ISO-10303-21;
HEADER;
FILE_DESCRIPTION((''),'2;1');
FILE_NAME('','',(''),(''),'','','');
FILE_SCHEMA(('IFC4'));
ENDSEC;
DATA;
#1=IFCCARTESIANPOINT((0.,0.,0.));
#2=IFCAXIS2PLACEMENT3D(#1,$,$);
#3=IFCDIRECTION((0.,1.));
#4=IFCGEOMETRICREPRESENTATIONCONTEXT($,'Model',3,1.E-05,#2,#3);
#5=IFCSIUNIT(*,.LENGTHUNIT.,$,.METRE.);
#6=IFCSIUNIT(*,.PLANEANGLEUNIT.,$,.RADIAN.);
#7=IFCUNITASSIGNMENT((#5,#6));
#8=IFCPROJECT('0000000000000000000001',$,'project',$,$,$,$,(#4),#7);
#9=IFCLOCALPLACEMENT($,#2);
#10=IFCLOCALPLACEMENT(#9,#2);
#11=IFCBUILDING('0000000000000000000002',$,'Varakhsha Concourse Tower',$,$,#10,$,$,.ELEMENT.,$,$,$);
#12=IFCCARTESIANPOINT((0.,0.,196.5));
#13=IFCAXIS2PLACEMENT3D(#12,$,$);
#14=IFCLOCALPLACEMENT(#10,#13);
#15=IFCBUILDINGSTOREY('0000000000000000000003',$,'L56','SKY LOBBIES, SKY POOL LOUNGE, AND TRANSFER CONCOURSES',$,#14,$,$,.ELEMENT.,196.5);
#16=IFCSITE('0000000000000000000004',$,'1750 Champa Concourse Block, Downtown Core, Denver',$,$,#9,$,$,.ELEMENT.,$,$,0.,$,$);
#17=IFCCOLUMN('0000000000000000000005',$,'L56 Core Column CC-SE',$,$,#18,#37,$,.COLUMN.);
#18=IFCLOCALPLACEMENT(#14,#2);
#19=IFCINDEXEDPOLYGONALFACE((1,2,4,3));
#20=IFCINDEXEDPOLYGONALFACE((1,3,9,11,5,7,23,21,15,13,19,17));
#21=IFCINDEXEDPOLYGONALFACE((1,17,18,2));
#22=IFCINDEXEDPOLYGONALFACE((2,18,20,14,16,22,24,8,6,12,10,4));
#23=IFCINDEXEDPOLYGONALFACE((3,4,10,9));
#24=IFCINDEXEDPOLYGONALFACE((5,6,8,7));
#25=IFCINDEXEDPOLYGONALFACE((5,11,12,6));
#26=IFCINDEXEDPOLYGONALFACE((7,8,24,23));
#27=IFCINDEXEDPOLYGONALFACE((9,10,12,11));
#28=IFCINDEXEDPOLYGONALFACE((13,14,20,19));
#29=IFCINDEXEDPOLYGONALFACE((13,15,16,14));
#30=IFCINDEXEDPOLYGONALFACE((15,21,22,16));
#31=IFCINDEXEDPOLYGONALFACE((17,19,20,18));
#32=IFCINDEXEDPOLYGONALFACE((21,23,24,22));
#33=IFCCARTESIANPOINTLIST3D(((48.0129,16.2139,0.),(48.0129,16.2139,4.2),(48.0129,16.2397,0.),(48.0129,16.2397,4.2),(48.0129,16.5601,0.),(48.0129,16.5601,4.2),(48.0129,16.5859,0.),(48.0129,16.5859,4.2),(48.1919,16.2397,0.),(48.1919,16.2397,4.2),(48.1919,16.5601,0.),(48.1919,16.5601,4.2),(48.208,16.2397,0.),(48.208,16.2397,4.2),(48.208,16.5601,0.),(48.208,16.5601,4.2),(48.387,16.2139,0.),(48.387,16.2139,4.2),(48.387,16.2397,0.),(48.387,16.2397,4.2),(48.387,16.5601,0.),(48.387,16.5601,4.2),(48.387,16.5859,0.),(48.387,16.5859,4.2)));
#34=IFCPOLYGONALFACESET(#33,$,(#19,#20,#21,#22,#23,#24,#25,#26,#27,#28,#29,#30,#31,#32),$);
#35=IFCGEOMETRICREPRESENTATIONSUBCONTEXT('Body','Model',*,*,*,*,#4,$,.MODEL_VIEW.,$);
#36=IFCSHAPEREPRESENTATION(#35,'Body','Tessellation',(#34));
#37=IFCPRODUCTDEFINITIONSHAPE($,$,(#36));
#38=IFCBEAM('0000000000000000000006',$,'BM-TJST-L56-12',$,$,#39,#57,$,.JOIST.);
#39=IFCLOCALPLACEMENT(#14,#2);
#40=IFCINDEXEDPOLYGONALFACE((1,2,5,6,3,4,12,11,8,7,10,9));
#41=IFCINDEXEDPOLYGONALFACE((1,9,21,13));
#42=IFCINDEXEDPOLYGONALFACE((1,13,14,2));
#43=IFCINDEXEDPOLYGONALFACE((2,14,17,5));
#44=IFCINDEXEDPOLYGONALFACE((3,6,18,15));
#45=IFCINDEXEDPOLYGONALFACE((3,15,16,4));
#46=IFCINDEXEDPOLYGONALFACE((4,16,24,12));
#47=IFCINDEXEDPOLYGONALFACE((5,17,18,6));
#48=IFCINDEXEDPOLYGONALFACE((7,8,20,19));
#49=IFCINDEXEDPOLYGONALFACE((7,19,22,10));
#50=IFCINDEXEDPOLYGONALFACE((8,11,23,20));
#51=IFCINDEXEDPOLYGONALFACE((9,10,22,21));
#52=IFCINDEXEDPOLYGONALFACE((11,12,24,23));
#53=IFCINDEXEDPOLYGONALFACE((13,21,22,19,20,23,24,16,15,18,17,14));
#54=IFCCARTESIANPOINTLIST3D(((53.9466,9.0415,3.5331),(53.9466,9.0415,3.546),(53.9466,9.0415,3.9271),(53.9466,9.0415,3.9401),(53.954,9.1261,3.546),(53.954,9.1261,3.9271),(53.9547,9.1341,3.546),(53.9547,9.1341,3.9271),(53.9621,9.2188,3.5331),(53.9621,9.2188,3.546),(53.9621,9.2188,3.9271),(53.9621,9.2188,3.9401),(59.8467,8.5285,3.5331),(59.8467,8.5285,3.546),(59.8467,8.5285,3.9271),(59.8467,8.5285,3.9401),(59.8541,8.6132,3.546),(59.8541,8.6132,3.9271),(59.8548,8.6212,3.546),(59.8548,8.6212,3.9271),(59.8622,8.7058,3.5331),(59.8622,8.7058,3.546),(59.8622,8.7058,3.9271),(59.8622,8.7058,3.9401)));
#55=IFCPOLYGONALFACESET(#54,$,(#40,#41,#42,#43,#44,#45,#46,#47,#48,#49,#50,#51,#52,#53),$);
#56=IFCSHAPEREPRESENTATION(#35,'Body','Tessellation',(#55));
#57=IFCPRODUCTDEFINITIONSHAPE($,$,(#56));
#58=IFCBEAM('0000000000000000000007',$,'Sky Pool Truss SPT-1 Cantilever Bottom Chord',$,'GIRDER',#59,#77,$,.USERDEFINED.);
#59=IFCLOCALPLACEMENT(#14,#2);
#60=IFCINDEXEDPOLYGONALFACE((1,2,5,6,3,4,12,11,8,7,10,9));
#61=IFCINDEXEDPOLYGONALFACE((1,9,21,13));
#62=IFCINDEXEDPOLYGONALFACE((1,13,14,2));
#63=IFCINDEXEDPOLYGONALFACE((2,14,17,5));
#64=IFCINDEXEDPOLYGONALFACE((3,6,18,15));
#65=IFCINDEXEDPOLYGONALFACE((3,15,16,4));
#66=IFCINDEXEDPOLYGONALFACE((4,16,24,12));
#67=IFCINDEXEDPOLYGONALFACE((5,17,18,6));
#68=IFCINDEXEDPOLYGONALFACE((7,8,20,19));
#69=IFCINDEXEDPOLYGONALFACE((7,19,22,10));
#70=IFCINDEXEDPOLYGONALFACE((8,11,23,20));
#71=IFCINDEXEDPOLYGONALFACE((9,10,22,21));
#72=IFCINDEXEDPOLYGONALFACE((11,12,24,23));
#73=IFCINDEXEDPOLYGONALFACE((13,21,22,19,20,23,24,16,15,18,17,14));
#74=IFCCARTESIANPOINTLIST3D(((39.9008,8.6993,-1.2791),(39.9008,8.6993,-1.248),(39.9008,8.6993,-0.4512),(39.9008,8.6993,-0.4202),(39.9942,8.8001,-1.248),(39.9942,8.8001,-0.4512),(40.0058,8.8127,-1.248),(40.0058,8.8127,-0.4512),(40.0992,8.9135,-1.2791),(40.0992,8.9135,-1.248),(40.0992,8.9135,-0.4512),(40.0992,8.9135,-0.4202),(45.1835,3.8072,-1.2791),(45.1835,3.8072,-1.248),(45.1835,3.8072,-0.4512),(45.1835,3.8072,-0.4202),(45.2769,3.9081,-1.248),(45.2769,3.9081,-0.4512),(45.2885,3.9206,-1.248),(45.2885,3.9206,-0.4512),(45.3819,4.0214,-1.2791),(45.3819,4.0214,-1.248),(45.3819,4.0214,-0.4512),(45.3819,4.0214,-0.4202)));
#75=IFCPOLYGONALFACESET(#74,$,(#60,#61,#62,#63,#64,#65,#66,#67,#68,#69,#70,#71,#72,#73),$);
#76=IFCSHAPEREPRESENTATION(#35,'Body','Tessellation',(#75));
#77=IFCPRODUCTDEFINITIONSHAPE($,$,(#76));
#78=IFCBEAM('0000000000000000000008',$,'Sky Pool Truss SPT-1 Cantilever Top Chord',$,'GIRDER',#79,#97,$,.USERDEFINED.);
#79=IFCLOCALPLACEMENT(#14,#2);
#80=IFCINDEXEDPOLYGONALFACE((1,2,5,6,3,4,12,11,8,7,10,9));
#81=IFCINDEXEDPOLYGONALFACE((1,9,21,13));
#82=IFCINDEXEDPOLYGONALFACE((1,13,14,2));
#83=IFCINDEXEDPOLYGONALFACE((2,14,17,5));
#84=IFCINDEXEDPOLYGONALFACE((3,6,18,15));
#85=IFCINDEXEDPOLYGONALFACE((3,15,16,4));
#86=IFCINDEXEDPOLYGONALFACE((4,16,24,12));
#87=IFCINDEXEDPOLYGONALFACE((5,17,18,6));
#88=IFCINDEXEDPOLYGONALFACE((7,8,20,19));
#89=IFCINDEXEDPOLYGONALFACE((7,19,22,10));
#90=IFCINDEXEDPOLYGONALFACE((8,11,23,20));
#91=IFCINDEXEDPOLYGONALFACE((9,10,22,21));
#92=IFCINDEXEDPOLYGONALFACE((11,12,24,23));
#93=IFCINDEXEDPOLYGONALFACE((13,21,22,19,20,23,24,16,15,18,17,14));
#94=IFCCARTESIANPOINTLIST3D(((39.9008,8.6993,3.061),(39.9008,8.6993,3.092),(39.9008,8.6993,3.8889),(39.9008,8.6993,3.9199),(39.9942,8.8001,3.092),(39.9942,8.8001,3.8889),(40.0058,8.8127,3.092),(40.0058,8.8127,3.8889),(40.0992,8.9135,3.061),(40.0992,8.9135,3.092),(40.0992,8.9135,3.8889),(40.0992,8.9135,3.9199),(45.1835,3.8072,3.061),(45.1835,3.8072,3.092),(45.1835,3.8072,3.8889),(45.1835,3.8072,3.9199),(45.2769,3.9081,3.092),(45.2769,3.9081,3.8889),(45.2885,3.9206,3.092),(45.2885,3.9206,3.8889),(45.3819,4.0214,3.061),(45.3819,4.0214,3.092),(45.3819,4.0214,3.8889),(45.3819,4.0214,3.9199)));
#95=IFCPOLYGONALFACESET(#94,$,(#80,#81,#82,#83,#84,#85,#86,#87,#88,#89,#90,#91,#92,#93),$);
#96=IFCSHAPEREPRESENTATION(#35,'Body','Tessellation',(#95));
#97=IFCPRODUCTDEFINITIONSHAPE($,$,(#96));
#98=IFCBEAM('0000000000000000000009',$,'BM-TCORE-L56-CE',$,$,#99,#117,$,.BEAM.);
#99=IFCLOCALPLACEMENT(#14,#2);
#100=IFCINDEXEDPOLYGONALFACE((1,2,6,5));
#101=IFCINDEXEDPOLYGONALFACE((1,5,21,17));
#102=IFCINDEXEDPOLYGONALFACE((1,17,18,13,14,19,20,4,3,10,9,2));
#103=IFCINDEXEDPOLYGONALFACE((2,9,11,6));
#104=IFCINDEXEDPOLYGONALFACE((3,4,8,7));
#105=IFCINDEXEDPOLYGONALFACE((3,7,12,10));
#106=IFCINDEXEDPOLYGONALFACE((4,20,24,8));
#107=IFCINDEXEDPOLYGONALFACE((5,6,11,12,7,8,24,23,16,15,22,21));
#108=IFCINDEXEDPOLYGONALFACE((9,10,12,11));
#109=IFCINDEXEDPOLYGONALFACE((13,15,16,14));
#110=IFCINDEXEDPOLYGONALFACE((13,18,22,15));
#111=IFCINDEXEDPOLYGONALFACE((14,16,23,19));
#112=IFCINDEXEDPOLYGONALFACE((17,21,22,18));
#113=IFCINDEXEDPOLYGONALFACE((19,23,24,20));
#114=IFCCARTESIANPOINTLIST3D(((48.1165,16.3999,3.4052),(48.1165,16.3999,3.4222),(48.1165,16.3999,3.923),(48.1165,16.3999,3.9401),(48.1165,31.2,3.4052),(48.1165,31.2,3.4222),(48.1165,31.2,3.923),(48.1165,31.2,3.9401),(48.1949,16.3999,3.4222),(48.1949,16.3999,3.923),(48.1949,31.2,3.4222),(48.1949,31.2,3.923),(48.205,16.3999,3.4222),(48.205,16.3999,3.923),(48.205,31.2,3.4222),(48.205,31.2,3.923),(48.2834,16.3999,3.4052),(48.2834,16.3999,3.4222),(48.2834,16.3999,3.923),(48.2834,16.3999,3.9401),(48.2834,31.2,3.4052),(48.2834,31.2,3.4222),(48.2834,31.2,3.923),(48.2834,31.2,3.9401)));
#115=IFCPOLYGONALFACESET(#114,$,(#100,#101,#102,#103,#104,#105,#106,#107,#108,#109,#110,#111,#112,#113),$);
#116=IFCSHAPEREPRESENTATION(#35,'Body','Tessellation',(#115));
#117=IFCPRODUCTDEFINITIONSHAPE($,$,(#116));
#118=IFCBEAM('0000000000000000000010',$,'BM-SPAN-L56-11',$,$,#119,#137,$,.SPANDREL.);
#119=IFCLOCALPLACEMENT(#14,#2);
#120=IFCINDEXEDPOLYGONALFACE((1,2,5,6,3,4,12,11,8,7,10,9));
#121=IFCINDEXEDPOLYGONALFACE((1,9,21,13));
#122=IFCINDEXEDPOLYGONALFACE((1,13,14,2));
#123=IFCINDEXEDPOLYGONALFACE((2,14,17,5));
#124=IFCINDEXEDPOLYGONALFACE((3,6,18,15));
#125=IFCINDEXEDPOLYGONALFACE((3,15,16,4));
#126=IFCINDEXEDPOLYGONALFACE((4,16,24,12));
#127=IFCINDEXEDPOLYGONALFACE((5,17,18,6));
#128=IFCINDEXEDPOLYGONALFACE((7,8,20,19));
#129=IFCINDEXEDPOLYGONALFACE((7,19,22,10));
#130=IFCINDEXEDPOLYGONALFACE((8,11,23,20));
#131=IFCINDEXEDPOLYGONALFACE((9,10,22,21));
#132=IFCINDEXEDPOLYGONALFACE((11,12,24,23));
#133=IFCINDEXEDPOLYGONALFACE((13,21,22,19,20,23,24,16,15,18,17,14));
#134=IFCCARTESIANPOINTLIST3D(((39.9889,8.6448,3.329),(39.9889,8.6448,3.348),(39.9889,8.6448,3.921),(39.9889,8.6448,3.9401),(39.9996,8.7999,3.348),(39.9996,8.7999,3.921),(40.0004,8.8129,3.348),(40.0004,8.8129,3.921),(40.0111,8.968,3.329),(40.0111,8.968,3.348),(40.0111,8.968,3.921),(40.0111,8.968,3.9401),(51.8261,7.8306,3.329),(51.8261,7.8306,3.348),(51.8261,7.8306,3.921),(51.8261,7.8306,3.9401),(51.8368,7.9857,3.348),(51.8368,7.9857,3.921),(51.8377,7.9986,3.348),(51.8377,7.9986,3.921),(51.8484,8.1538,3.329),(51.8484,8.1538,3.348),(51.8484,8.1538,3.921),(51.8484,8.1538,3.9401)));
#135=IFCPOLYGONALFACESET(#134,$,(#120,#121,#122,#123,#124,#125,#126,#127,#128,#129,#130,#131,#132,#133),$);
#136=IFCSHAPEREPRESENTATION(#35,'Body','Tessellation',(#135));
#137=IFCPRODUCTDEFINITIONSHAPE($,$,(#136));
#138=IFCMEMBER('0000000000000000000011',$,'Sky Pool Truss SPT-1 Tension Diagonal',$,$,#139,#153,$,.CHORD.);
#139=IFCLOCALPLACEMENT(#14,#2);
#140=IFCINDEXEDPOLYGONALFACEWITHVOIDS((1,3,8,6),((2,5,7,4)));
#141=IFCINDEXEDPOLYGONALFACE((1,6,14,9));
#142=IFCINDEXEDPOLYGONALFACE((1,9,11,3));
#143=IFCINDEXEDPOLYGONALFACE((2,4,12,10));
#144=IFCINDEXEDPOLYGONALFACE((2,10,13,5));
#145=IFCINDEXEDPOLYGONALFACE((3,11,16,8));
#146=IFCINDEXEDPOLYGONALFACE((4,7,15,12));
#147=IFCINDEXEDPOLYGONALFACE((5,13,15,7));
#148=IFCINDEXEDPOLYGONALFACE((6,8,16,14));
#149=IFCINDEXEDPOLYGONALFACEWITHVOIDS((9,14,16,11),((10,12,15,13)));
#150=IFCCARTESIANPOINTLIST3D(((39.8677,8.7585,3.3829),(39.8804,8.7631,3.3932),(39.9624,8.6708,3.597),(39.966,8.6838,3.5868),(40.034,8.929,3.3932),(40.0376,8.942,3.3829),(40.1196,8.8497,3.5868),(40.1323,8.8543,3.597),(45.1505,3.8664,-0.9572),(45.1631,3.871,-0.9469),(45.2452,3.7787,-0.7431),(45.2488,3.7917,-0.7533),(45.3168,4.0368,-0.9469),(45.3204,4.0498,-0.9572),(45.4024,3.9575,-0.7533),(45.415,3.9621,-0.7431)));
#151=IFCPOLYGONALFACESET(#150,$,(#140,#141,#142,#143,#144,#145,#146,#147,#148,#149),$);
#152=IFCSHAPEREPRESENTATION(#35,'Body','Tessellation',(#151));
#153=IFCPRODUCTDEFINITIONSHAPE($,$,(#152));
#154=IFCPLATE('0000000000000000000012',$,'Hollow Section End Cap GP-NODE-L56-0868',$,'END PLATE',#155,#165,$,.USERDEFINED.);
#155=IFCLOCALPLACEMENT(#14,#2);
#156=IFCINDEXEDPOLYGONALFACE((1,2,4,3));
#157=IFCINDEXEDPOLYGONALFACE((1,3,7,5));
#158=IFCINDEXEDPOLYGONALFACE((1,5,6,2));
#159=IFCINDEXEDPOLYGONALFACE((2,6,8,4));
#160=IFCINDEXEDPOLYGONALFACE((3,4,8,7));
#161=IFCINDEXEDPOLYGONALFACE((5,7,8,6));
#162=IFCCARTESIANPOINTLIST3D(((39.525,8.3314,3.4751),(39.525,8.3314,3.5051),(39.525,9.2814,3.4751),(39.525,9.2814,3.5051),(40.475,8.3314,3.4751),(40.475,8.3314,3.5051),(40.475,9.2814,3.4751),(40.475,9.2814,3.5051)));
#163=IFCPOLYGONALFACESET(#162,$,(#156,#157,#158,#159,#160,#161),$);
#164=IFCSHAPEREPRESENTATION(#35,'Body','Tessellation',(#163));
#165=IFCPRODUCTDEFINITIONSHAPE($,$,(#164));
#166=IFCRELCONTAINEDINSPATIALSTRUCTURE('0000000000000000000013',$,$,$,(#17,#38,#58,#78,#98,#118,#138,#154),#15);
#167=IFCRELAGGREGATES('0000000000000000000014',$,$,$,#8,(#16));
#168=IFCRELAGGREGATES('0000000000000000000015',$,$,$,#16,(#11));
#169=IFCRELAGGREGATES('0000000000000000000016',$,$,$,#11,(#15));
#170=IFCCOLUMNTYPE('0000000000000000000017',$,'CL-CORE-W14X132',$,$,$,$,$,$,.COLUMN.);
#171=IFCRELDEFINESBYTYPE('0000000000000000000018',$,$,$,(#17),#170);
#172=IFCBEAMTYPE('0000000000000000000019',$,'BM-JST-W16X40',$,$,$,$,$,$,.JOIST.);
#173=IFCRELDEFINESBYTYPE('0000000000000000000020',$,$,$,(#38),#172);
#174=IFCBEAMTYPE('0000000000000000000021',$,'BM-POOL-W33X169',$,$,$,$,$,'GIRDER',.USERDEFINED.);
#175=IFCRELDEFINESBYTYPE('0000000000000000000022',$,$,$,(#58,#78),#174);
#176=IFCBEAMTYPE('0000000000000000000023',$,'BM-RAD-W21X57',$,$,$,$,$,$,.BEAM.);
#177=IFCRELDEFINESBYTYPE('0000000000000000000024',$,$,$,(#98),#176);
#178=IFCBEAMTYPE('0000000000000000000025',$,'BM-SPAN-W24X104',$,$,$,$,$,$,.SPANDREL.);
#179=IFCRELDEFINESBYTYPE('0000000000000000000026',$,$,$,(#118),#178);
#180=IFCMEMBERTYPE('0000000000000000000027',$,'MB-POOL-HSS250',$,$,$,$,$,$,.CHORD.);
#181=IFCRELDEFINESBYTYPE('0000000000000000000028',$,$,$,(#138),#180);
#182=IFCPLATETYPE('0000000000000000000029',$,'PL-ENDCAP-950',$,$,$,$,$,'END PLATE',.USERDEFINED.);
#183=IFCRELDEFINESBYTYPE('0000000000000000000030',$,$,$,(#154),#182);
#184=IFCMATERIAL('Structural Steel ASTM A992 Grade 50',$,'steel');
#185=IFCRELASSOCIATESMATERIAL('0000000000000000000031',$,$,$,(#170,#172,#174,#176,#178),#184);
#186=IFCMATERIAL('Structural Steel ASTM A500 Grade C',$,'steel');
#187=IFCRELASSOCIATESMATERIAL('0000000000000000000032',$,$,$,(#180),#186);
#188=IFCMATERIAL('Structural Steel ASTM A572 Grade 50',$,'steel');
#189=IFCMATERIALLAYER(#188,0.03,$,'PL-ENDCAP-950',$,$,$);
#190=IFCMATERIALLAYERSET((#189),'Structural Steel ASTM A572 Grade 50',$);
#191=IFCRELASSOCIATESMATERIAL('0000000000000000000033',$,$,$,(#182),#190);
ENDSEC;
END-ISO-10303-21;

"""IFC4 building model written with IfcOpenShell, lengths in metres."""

from ifc_helpers import new_model, si_unit, direction, frame, origin, origin_2d, place, context, subcontext, project, spatial, rectangle, hollow_rectangle, i_section, extrude, source, transform, mapped, material, layer, layer_set, material_profile, profile_set, type_object, type_shapes, element, save


model = new_model("IFC4")

# Units and contexts
model_context = context("Model", 3, precision=1e-05, world=origin(), true_north=direction((0.0, 1.0)))
body_context = subcontext(model_context, "Body", "Model", "MODEL_VIEW")
ifc_project = project(units=[si_unit("LENGTHUNIT", "METRE"), si_unit("PLANEANGLEUNIT", "RADIAN")], contexts=[model_context])

# Site, building, storey
site_placement = place(None, origin())
site = spatial("IfcSite", under=ifc_project, at=site_placement, Name="1750 Champa Concourse Block, Downtown Core, Denver", CompositionType="ELEMENT", RefElevation=0.0)
building_placement = place(site_placement, origin())
building = spatial("IfcBuilding", under=site, at=building_placement, Name="Varakhsha Concourse Tower", CompositionType="ELEMENT")
storey_placement = place(building_placement, frame((0.0, 0.0, 196.5)))
storey = spatial("IfcBuildingStorey", under=building, at=storey_placement, Name="L56", Description="SKY LOBBIES, SKY POOL LOUNGE, AND TRANSFER CONCOURSES", CompositionType="ELEMENT", Elevation=196.5)

# Column
ifc_material_1 = material(Name="Structural Steel ASTM A992 Grade 50", Category="steel")
ifc_material_profile_1 = material_profile(ifc_material_1, i_section(OverallWidth=0.374, OverallDepth=0.3721, WebThickness=0.0161, FlangeThickness=0.0259, at=origin_2d()), Name="W14X132")
ifc_profile_set_1 = profile_set([ifc_material_profile_1], Name="Structural Steel ASTM A992 Grade 50")
column_type = type_object("IfcColumnType", Name="CL-CORE-W14X132", PredefinedType="COLUMN", material=ifc_profile_set_1)
column_placement = place(storey_placement, frame((48.2, 16.3999, 0.0), z_axis=(0.0, 0.0, 1.0), x_axis=(1.0, 0.0, 0.0)))
element("IfcColumn", 1, at=column_placement, inside=storey, type_object=column_type, Name="L56 Core Column CC-SE", PredefinedType="COLUMN", context=body_context, shape_type="SweptSolid", body=[
    extrude(i_section(OverallWidth=0.374, OverallDepth=0.3721, WebThickness=0.0161, FlangeThickness=0.0259, at=origin_2d()), origin(), (0.0, 0.0, 1.0), 4.2),
])

# Beams
ifc_material_profile_2 = material_profile(ifc_material_1, i_section(OverallWidth=0.178, OverallDepth=0.407, WebThickness=0.0081, FlangeThickness=0.0129, at=origin_2d()), Name="W16X40")
ifc_profile_set_2 = profile_set([ifc_material_profile_2], Name="Structural Steel ASTM A992 Grade 50")
beam_type_1 = type_object("IfcBeamType", Name="BM-JST-W16X40", PredefinedType="JOIST", material=ifc_profile_set_2)
beam_1_placement = place(storey_placement, frame((53.9543, 9.1301, 3.7366), z_axis=(0.996242, -0.08661, 0.0), x_axis=(0.08661, 0.996242, 0.0)))
element("IfcBeam", 2, at=beam_1_placement, inside=storey, type_object=beam_type_1, Name="BM-TJST-L56-12", PredefinedType="JOIST", context=body_context, shape_type="SweptSolid", body=[
    extrude(i_section(OverallWidth=0.178, OverallDepth=0.407, WebThickness=0.0081, FlangeThickness=0.0129, at=origin_2d()), origin(), (0.0, 0.0, 1.0), 5.9224),
])
ifc_material_profile_3 = material_profile(ifc_material_1, i_section(OverallWidth=0.292, OverallDepth=0.8589, WebThickness=0.0171, FlangeThickness=0.031, at=origin_2d()), Name="W33X169")
ifc_profile_set_3 = profile_set([ifc_material_profile_3], Name="Structural Steel ASTM A992 Grade 50")
beam_type_2 = type_object("IfcBeamType", Name="BM-POOL-W33X169", ElementType="GIRDER", PredefinedType="USERDEFINED", material=ifc_profile_set_3)
for number, where, z_axis, x_axis, name in (
    (3, (40.0, 8.8064, -0.8496), (0.733713, -0.679459, 0.0), (0.679459, 0.733713, 0.0), "Sky Pool Truss SPT-1 Cantilever Bottom Chord"),
    (4, (40.0, 8.8064, 3.4905), (0.733713, -0.679459, 0.0), (0.679459, 0.733713, 0.0), "Sky Pool Truss SPT-1 Cantilever Top Chord"),
):
    element("IfcBeam", number, at=place(storey_placement, frame(where, z_axis=z_axis, x_axis=x_axis)), inside=storey, type_object=beam_type_2, Name=name, ObjectType="GIRDER", PredefinedType="USERDEFINED", context=body_context, shape_type="SweptSolid", body=[
        extrude(i_section(OverallWidth=0.292, OverallDepth=0.8589, WebThickness=0.0171, FlangeThickness=0.031, at=origin_2d()), origin(), (0.0, 0.0, 1.0), 7.2),
    ])
ifc_material_profile_4 = material_profile(ifc_material_1, i_section(OverallWidth=0.167, OverallDepth=0.5349, WebThickness=0.01, FlangeThickness=0.0171, at=origin_2d()), Name="W21X57")
ifc_profile_set_4 = profile_set([ifc_material_profile_4], Name="Structural Steel ASTM A992 Grade 50")
beam_type_3 = type_object("IfcBeamType", Name="BM-RAD-W21X57", PredefinedType="BEAM", material=ifc_profile_set_4)
beam_2_placement = place(storey_placement, frame((48.2, 16.3999, 3.6726), z_axis=(0.0, 1.0, 0.0), x_axis=(-1.0, 0.0, 0.0)))
element("IfcBeam", 5, at=beam_2_placement, inside=storey, type_object=beam_type_3, Name="BM-TCORE-L56-CE", PredefinedType="BEAM", context=body_context, shape_type="SweptSolid", body=[
    extrude(i_section(OverallWidth=0.167, OverallDepth=0.5349, WebThickness=0.01, FlangeThickness=0.0171, at=origin_2d()), origin(), (0.0, 0.0, 1.0), 14.8),
])
ifc_material_profile_5 = material_profile(ifc_material_1, i_section(OverallWidth=0.324, OverallDepth=0.6111, WebThickness=0.0129, FlangeThickness=0.019, at=origin_2d()), Name="W24X104")
ifc_profile_set_5 = profile_set([ifc_material_profile_5], Name="Structural Steel ASTM A992 Grade 50")
beam_type_4 = type_object("IfcBeamType", Name="BM-SPAN-W24X104", PredefinedType="SPANDREL", material=ifc_profile_set_5)
beam_3_placement = place(storey_placement, frame((40.0, 8.8064, 3.6345), z_axis=(0.997643, -0.068622, 0.0), x_axis=(0.068622, 0.997643, 0.0)))
element("IfcBeam", 6, at=beam_3_placement, inside=storey, type_object=beam_type_4, Name="BM-SPAN-L56-11", PredefinedType="SPANDREL", context=body_context, shape_type="SweptSolid", body=[
    extrude(i_section(OverallWidth=0.324, OverallDepth=0.6111, WebThickness=0.0129, FlangeThickness=0.019, at=origin_2d()), origin(), (0.0, 0.0, 1.0), 11.8652),
])

# Member
ifc_material_2 = material(Name="Structural Steel ASTM A500 Grade C", Category="steel")
ifc_material_profile_6 = material_profile(ifc_material_2, hollow_rectangle(XDim=0.25, YDim=0.25, WallThickness=0.012, at=origin_2d()), Name="HSS 250x250x12")
ifc_profile_set_6 = profile_set([ifc_material_profile_6], Name="Structural Steel ASTM A500 Grade C")
member_type = type_object("IfcMemberType", Name="MB-POOL-HSS250", PredefinedType="CHORD", material=ifc_profile_set_6)
shared_shape_1 = source(origin(), body_context, "Body", "SweptSolid", [
    extrude(hollow_rectangle(XDim=0.25, YDim=0.25, WallThickness=0.012, at=origin_2d()), origin(), (0.0, 0.0, 1.0), 8.407),
])
type_shapes(member_type, [shared_shape_1])
member_placement = place(storey_placement, frame((40.0, 8.8064, 3.49), z_axis=(0.628378, -0.581914, -0.516253), x_axis=(0.679459, 0.733713, 0.0)))
element("IfcMember", 7, at=member_placement, inside=storey, type_object=member_type, Name="Sky Pool Truss SPT-1 Tension Diagonal", PredefinedType="CHORD", context=body_context, shape_type="MappedRepresentation", body=[
    mapped(shared_shape_1, transform((0.0, 0.0, 0.0), scale=1.0)),
])

# Plate
ifc_material_3 = material(Name="Structural Steel ASTM A572 Grade 50", Category="steel")
ifc_layer_1 = layer(ifc_material_3, 0.03, Name="PL-ENDCAP-950")
ifc_layer_set_1 = layer_set([ifc_layer_1], Name="Structural Steel ASTM A572 Grade 50")
plate_type = type_object("IfcPlateType", Name="PL-ENDCAP-950", ElementType="END PLATE", PredefinedType="USERDEFINED", material=ifc_layer_set_1)
shared_shape_2 = source(origin(), body_context, "Body", "SweptSolid", [
    extrude(rectangle(XDim=0.95, YDim=0.95, at=origin_2d()), origin(), (0.0, 0.0, 1.0), 0.03),
])
type_shapes(plate_type, [shared_shape_2])
plate_placement = place(storey_placement, frame((40.0, 8.8064, 3.4751), z_axis=(0.0, 0.0, 1.0), x_axis=(1.0, 0.0, 0.0)))
element("IfcPlate", 8, at=plate_placement, inside=storey, type_object=plate_type, Name="Hollow Section End Cap GP-NODE-L56-0868", ObjectType="END PLATE", PredefinedType="USERDEFINED", context=body_context, shape_type="MappedRepresentation", body=[
    mapped(shared_shape_2, transform((0.0, 0.0, 0.0), scale=1.0)),
])

save(model, "model.ifc")
